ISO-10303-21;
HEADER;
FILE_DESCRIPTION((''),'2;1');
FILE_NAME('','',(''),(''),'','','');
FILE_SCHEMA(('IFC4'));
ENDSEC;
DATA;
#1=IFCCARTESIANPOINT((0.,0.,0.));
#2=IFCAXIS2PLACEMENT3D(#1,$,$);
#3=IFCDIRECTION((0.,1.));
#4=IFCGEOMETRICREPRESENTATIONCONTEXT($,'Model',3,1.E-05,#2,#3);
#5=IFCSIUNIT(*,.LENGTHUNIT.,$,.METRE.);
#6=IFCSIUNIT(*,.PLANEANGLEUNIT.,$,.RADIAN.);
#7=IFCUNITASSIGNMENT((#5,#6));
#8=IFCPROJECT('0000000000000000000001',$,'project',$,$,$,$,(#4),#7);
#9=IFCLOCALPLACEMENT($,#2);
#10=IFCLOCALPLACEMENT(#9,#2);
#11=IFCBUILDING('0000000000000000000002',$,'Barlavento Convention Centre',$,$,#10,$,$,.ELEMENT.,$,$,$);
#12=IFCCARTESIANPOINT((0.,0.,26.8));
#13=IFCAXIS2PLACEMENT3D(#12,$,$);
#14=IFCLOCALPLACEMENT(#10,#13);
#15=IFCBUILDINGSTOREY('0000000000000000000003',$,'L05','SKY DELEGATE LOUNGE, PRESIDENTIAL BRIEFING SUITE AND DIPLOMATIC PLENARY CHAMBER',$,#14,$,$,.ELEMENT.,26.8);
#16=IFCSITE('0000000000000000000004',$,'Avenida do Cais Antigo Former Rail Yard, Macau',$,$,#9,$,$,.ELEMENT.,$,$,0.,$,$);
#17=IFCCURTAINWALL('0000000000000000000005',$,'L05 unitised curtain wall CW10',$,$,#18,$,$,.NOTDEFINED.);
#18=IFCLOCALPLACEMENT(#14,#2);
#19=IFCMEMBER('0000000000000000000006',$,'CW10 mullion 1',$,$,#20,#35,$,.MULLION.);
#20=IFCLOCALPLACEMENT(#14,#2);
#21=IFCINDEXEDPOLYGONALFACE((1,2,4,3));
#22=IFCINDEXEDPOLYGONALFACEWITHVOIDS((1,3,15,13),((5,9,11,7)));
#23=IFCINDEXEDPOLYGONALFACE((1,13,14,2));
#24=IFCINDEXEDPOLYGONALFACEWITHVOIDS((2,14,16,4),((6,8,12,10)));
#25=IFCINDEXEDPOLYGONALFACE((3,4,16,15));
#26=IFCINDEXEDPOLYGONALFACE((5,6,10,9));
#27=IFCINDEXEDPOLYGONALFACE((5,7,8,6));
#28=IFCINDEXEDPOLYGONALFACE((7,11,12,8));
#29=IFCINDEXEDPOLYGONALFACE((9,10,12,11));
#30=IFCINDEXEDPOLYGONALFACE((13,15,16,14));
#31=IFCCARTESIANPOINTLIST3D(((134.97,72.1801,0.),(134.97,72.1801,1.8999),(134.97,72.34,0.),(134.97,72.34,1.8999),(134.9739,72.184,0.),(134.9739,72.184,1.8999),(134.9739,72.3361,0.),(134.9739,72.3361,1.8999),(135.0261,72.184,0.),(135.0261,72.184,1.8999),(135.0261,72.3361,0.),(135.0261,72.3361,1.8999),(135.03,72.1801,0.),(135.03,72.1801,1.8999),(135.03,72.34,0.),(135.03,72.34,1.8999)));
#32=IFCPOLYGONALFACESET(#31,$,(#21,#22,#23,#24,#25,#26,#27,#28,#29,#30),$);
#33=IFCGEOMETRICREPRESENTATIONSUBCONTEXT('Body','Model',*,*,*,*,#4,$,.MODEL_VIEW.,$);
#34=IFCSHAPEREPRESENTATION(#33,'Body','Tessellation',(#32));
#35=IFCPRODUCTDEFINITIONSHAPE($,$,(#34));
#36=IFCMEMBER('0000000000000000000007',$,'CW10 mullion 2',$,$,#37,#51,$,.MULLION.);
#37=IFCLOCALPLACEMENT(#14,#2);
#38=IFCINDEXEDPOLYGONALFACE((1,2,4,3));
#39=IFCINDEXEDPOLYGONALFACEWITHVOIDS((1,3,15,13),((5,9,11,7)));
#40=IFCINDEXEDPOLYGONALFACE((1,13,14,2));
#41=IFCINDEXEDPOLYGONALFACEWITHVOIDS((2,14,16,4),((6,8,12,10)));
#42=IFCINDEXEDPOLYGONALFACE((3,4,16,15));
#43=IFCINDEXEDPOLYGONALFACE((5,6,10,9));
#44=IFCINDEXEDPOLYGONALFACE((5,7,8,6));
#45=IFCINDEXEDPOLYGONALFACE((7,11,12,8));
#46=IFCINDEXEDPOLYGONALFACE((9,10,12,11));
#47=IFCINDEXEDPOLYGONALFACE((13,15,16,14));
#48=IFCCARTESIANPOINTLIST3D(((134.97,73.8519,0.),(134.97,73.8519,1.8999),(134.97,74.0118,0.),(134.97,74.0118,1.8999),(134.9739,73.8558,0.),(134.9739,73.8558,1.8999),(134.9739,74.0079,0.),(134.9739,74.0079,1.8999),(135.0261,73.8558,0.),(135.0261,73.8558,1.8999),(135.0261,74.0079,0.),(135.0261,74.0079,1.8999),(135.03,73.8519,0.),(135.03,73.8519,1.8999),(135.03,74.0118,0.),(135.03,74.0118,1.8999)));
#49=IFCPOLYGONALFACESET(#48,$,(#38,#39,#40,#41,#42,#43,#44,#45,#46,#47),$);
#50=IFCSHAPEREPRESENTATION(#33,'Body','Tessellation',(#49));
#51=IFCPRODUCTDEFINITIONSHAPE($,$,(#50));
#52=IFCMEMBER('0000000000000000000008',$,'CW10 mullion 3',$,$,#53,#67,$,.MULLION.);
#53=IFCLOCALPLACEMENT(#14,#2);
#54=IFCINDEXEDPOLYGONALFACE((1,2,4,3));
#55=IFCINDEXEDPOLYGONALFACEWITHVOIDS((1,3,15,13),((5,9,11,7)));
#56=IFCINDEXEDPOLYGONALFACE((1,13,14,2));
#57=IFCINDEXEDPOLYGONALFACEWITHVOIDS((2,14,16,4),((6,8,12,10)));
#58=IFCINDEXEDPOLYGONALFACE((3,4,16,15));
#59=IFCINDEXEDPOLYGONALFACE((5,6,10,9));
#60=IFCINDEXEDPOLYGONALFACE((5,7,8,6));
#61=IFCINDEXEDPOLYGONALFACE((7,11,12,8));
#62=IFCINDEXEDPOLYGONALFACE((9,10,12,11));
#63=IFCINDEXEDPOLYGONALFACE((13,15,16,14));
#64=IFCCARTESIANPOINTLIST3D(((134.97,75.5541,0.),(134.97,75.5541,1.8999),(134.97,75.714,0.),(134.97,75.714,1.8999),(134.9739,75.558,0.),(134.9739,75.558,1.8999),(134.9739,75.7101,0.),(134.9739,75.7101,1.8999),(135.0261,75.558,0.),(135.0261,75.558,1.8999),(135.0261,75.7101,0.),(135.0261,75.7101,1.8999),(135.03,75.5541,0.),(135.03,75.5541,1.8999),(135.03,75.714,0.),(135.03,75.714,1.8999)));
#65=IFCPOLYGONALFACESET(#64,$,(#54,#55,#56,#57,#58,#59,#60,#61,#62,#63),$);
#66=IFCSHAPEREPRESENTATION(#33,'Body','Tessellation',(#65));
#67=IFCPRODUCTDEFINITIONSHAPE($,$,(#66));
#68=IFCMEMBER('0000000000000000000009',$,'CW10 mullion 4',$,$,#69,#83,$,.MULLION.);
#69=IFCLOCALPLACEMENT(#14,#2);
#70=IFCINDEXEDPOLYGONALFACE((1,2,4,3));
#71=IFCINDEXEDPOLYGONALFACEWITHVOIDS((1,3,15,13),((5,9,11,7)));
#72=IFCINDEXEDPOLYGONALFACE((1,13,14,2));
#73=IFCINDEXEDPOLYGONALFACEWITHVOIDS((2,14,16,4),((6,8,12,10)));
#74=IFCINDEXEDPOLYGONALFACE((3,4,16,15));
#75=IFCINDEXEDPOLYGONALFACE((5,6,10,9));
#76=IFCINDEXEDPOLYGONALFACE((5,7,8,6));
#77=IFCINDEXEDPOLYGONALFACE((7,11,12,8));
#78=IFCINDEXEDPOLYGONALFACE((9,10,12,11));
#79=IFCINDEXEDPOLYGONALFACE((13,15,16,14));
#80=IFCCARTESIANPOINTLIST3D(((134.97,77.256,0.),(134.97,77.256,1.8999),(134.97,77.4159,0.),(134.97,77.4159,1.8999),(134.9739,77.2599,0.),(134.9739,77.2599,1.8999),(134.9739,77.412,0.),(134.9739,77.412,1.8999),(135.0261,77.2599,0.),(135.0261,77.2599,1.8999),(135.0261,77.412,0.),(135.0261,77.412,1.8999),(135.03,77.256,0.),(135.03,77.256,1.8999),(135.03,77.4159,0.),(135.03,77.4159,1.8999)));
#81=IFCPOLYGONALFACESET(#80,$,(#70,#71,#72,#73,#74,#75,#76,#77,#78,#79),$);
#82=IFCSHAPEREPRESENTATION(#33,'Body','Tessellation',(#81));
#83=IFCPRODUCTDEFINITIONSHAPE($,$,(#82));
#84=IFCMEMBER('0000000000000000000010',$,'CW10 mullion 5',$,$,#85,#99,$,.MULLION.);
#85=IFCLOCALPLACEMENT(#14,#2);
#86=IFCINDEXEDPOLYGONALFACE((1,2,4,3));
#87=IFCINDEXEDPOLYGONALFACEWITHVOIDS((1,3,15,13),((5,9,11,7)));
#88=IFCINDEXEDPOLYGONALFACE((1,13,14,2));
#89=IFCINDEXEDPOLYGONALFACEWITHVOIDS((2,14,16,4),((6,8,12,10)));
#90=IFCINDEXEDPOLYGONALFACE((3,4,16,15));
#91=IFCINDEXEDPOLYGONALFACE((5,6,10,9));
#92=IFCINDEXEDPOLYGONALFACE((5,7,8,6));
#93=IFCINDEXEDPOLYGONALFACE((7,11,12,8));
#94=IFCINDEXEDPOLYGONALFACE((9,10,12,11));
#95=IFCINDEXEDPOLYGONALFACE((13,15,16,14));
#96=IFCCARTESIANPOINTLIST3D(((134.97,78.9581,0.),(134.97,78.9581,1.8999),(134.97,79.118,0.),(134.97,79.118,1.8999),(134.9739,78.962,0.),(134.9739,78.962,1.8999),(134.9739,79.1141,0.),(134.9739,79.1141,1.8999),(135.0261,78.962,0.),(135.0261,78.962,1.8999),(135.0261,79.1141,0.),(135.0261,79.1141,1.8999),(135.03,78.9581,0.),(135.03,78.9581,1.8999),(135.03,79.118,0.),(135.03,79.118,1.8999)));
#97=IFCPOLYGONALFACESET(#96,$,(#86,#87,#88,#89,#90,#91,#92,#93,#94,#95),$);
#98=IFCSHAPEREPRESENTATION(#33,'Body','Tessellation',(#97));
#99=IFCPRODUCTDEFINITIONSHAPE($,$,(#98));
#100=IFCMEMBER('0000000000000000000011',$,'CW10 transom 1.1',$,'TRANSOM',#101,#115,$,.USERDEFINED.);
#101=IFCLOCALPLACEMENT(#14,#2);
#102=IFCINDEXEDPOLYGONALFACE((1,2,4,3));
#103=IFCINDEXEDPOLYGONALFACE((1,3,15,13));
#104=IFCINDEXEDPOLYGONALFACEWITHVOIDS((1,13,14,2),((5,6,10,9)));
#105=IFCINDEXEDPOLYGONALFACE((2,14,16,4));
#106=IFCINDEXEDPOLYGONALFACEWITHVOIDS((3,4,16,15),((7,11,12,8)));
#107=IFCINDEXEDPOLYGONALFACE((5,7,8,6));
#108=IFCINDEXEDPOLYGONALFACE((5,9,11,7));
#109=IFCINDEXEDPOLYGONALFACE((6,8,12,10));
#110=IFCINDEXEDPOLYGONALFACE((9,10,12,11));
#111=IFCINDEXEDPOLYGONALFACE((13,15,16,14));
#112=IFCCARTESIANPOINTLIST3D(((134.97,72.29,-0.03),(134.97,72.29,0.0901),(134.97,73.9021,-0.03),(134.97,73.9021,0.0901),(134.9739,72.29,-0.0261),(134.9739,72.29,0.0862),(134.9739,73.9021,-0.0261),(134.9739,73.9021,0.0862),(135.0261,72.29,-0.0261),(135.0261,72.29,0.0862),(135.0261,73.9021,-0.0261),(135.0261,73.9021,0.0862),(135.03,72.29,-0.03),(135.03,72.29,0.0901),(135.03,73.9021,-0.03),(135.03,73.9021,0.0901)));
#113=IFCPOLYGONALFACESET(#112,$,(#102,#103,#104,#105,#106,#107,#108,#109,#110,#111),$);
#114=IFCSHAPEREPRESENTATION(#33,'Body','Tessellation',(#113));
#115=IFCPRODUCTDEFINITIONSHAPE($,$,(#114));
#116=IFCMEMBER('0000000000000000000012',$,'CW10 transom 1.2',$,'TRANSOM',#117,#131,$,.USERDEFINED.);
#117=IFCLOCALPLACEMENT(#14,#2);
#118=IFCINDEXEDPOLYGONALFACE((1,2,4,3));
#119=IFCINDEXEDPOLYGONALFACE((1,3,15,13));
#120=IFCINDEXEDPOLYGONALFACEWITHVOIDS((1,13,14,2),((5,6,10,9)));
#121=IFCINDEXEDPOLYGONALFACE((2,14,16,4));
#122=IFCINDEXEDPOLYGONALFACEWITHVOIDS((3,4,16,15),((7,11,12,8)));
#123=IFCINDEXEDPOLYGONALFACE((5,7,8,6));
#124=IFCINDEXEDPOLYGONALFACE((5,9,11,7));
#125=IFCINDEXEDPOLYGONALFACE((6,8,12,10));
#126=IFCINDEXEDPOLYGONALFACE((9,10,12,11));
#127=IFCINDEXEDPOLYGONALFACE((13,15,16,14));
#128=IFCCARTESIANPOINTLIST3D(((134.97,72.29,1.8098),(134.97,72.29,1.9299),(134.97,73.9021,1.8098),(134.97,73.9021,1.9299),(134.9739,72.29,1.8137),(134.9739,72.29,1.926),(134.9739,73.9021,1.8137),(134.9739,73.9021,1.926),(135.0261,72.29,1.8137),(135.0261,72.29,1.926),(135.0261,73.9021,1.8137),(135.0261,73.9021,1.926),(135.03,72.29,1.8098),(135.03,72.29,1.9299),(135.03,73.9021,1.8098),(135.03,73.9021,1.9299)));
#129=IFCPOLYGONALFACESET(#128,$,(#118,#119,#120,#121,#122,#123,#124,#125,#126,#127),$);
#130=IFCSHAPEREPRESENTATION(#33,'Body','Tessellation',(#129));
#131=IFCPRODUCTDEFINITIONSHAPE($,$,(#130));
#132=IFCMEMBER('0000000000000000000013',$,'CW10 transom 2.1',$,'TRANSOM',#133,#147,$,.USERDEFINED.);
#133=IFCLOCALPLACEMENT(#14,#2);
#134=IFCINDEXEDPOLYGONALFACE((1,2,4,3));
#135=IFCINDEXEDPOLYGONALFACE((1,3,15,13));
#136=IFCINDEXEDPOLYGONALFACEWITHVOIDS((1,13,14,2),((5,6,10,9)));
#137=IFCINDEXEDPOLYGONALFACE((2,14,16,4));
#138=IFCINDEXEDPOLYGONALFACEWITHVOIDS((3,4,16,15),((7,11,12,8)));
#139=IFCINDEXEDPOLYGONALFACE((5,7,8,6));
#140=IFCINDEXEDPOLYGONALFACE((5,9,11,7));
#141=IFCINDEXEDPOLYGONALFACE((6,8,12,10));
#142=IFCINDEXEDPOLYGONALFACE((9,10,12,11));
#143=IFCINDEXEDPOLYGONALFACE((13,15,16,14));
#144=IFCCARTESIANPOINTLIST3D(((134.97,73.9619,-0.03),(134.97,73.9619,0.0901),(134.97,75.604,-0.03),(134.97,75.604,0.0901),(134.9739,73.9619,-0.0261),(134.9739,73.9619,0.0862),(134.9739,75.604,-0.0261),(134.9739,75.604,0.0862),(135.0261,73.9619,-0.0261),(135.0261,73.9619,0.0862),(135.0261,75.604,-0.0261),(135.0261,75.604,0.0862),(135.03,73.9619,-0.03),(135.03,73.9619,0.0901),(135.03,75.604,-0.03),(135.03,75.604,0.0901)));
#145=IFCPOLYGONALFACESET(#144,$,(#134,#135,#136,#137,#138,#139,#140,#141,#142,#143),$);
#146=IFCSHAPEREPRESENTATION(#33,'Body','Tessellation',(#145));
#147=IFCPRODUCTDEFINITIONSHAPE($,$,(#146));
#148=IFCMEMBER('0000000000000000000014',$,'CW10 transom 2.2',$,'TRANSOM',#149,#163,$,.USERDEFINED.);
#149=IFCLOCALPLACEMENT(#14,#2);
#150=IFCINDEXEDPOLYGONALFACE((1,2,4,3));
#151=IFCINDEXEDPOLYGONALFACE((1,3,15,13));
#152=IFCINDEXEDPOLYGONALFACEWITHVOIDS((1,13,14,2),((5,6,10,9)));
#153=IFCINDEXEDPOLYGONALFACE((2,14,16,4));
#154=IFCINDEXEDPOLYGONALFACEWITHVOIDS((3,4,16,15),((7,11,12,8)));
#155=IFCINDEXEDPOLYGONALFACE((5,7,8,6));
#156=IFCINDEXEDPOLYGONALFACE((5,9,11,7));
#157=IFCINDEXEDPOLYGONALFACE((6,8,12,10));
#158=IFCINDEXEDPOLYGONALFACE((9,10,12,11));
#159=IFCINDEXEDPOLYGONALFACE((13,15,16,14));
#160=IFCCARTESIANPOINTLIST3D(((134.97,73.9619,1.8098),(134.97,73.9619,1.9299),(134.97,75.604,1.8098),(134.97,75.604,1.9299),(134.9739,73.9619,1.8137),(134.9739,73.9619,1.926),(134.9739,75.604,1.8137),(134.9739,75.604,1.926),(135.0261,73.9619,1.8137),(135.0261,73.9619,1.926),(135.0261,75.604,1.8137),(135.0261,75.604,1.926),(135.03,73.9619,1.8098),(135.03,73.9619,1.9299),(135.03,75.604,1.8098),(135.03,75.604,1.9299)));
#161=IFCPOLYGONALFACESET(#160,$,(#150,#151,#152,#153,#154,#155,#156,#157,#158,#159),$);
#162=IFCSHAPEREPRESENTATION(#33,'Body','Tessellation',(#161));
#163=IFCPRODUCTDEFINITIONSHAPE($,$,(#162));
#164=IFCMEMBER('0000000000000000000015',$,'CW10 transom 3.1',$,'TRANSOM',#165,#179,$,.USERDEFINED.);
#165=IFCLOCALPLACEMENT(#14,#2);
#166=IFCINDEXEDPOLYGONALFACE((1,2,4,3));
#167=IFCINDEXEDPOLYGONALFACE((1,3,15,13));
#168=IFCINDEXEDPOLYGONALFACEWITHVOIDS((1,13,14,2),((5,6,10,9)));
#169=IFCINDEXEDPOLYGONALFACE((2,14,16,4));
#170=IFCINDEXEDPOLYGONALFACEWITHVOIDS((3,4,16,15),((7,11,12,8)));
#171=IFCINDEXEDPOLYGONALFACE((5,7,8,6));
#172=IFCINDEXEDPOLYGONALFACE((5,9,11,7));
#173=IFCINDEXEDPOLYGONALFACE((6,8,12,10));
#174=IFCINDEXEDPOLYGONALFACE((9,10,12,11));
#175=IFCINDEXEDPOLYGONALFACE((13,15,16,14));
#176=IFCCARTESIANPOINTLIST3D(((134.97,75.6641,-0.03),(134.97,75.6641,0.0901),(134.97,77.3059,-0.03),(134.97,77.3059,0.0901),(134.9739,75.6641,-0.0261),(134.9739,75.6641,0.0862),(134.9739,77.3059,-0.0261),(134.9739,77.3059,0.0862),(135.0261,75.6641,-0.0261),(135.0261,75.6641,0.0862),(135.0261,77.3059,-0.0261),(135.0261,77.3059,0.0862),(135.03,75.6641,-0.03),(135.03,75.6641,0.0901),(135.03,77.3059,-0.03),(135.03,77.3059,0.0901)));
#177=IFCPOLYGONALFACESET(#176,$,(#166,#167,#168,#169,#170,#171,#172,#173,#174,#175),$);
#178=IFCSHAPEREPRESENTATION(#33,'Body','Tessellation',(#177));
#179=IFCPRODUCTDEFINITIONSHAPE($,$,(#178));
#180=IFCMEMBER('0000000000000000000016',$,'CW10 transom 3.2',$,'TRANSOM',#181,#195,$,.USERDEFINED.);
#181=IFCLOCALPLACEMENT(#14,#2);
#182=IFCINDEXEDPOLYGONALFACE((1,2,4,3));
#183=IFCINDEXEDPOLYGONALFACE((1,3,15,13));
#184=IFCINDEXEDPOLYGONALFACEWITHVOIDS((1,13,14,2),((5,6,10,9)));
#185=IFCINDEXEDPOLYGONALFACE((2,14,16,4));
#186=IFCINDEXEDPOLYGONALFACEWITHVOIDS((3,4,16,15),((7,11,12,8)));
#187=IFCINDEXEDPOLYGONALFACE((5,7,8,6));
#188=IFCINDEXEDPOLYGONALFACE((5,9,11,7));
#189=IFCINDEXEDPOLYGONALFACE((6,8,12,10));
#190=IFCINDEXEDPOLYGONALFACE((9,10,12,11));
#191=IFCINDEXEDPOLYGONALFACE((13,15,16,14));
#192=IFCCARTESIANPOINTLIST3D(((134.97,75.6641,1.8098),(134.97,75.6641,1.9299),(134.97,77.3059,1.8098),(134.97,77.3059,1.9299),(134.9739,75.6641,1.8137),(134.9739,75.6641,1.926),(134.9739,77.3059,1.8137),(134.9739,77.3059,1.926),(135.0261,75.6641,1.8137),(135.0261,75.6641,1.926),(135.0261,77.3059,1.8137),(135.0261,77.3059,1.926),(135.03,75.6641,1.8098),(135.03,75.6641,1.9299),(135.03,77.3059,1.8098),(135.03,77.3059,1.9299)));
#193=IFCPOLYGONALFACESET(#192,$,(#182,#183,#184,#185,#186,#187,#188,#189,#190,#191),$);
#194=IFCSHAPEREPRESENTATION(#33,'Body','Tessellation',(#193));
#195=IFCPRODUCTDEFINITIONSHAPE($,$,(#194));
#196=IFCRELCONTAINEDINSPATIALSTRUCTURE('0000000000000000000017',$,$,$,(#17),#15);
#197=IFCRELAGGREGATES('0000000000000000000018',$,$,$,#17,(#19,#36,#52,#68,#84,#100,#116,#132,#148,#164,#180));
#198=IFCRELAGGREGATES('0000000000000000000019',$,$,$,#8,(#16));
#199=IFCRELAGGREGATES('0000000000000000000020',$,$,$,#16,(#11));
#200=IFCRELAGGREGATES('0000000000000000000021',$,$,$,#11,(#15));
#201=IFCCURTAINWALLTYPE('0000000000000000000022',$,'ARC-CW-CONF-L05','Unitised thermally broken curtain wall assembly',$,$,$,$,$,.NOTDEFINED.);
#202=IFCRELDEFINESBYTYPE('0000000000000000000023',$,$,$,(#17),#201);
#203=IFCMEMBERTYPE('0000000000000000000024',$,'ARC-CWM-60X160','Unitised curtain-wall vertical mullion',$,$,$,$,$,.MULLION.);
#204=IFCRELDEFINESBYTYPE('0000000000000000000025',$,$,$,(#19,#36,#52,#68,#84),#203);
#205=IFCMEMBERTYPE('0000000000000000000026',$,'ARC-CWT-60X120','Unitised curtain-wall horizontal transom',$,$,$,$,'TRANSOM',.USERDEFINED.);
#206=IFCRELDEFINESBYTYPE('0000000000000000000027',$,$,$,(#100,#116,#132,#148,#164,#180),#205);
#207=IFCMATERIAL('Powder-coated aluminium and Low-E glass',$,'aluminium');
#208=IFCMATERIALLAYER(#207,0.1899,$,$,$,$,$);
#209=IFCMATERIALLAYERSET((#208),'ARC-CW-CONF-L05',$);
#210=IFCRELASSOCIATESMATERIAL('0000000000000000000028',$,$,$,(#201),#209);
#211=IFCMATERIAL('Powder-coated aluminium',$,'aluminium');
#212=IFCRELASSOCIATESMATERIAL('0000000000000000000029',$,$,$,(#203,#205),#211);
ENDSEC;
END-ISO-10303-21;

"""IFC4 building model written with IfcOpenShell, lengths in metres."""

from ifc_helpers import new_model, si_unit, direction, frame, origin, origin_2d, place, context, subcontext, project, spatial, hollow_rectangle, extrude, material, layer, layer_set, material_profile, profile_set, type_object, element, aggregate, save


model = new_model("IFC4")

# Units and contexts
model_context = context("Model", 3, precision=1e-05, world=origin(), true_north=direction((0.0, 1.0)))
body_context = subcontext(model_context, "Body", "Model", "MODEL_VIEW")
ifc_project = project(units=[si_unit("LENGTHUNIT", "METRE"), si_unit("PLANEANGLEUNIT", "RADIAN")], contexts=[model_context])

# Site, building, storey
site_placement = place(None, origin())
site = spatial("IfcSite", under=ifc_project, at=site_placement, Name="Avenida do Cais Antigo Former Rail Yard, Macau", CompositionType="ELEMENT", RefElevation=0.0)
building_placement = place(site_placement, origin())
building = spatial("IfcBuilding", under=site, at=building_placement, Name="Barlavento Convention Centre", CompositionType="ELEMENT")
storey_placement = place(building_placement, frame((0.0, 0.0, 26.8)))
storey = spatial("IfcBuildingStorey", under=building, at=storey_placement, Name="L05", Description="SKY DELEGATE LOUNGE, PRESIDENTIAL BRIEFING SUITE AND DIPLOMATIC PLENARY CHAMBER", CompositionType="ELEMENT", Elevation=26.8)

# Curtain wall, members
ifc_material_1 = material(Name="Powder-coated aluminium and Low-E glass", Category="aluminium")
ifc_layer_1 = layer(ifc_material_1, 0.1899)
ifc_layer_set_1 = layer_set([ifc_layer_1], Name="ARC-CW-CONF-L05")
curtain_wall_type = type_object("IfcCurtainWallType", Name="ARC-CW-CONF-L05", Description="Unitised thermally broken curtain wall assembly", PredefinedType="NOTDEFINED", material=ifc_layer_set_1)
curtain_wall_placement = place(storey_placement, origin())
curtain_wall = element("IfcCurtainWall", 1, at=curtain_wall_placement, inside=storey, type_object=curtain_wall_type, Name="L05 unitised curtain wall CW10", PredefinedType="NOTDEFINED")
ifc_material_2 = material(Name="Powder-coated aluminium", Category="aluminium")
ifc_material_profile_1 = material_profile(ifc_material_2, hollow_rectangle(XDim=0.0601, YDim=0.1599, WallThickness=0.0039, at=origin_2d()), Name="AL-MULL 60x160x4")
ifc_profile_set_1 = profile_set([ifc_material_profile_1], Name="Powder-coated aluminium")
member_type_1 = type_object("IfcMemberType", Name="ARC-CWM-60X160", Description="Unitised curtain-wall vertical mullion", PredefinedType="MULLION", material=ifc_profile_set_1)
member_1_placement = place(storey_placement, frame((135.0, 72.26, 0.0), z_axis=(0.0, 0.0, 1.0), x_axis=(-1.0, 0.0, 0.0)))
member_1 = element("IfcMember", 2, at=member_1_placement, type_object=member_type_1, Name="CW10 mullion 1", PredefinedType="MULLION", context=body_context, shape_type="SweptSolid", body=[
    extrude(hollow_rectangle(XDim=0.0601, YDim=0.1599, WallThickness=0.0039, at=origin_2d()), origin(), (0.0, 0.0, 1.0), 1.8999),
])
member_2_placement = place(storey_placement, frame((135.0, 73.9319, 0.0), z_axis=(0.0, 0.0, 1.0), x_axis=(-1.0, 0.0, 0.0)))
member_2 = element("IfcMember", 3, at=member_2_placement, type_object=member_type_1, Name="CW10 mullion 2", PredefinedType="MULLION", context=body_context, shape_type="SweptSolid", body=[
    extrude(hollow_rectangle(XDim=0.0601, YDim=0.1599, WallThickness=0.0039, at=origin_2d()), origin(), (0.0, 0.0, 1.0), 1.8999),
])
member_3_placement = place(storey_placement, frame((135.0, 75.634, 0.0), z_axis=(0.0, 0.0, 1.0), x_axis=(-1.0, 0.0, 0.0)))
member_3 = element("IfcMember", 4, at=member_3_placement, type_object=member_type_1, Name="CW10 mullion 3", PredefinedType="MULLION", context=body_context, shape_type="SweptSolid", body=[
    extrude(hollow_rectangle(XDim=0.0601, YDim=0.1599, WallThickness=0.0039, at=origin_2d()), origin(), (0.0, 0.0, 1.0), 1.8999),
])
member_4_placement = place(storey_placement, frame((135.0, 77.3359, 0.0), z_axis=(0.0, 0.0, 1.0), x_axis=(-1.0, 0.0, 0.0)))
member_4 = element("IfcMember", 5, at=member_4_placement, type_object=member_type_1, Name="CW10 mullion 4", PredefinedType="MULLION", context=body_context, shape_type="SweptSolid", body=[
    extrude(hollow_rectangle(XDim=0.0601, YDim=0.1599, WallThickness=0.0039, at=origin_2d()), origin(), (0.0, 0.0, 1.0), 1.8999),
])
member_5_placement = place(storey_placement, frame((135.0, 79.0381, 0.0), z_axis=(0.0, 0.0, 1.0), x_axis=(-1.0, 0.0, 0.0)))
member_5 = element("IfcMember", 6, at=member_5_placement, type_object=member_type_1, Name="CW10 mullion 5", PredefinedType="MULLION", context=body_context, shape_type="SweptSolid", body=[
    extrude(hollow_rectangle(XDim=0.0601, YDim=0.1599, WallThickness=0.0039, at=origin_2d()), origin(), (0.0, 0.0, 1.0), 1.8999),
])
ifc_material_profile_2 = material_profile(ifc_material_2, hollow_rectangle(XDim=0.0601, YDim=0.1201, WallThickness=0.0039, at=origin_2d()), Name="AL-TRAN 60x120x4")
ifc_profile_set_2 = profile_set([ifc_material_profile_2], Name="Powder-coated aluminium")
member_type_2 = type_object("IfcMemberType", Name="ARC-CWT-60X120", Description="Unitised curtain-wall horizontal transom", ElementType="TRANSOM", PredefinedType="USERDEFINED", material=ifc_profile_set_2)
member_6_placement = place(storey_placement, frame((135.0, 72.29, 0.03), z_axis=(0.0, 1.0, 0.0), x_axis=(-1.0, 0.0, 0.0)))
member_6 = element("IfcMember", 7, at=member_6_placement, type_object=member_type_2, Name="CW10 transom 1.1", ObjectType="TRANSOM", PredefinedType="USERDEFINED", context=body_context, shape_type="SweptSolid", body=[
    extrude(hollow_rectangle(XDim=0.0601, YDim=0.1201, WallThickness=0.0039, at=origin_2d()), origin(), (0.0, 0.0, 1.0), 1.6121),
])
member_7_placement = place(storey_placement, frame((135.0, 72.29, 1.8699), z_axis=(0.0, 1.0, 0.0), x_axis=(-1.0, 0.0, 0.0)))
member_7 = element("IfcMember", 8, at=member_7_placement, type_object=member_type_2, Name="CW10 transom 1.2", ObjectType="TRANSOM", PredefinedType="USERDEFINED", context=body_context, shape_type="SweptSolid", body=[
    extrude(hollow_rectangle(XDim=0.0601, YDim=0.1201, WallThickness=0.0039, at=origin_2d()), origin(), (0.0, 0.0, 1.0), 1.6121),
])
member_8_placement = place(storey_placement, frame((135.0, 73.9619, 0.03), z_axis=(0.0, 1.0, 0.0), x_axis=(-1.0, 0.0, 0.0)))
member_8 = element("IfcMember", 9, at=member_8_placement, type_object=member_type_2, Name="CW10 transom 2.1", ObjectType="TRANSOM", PredefinedType="USERDEFINED", context=body_context, shape_type="SweptSolid", body=[
    extrude(hollow_rectangle(XDim=0.0601, YDim=0.1201, WallThickness=0.0039, at=origin_2d()), origin(), (0.0, 0.0, 1.0), 1.6421),
])
member_9_placement = place(storey_placement, frame((135.0, 73.9619, 1.8699), z_axis=(0.0, 1.0, 0.0), x_axis=(-1.0, 0.0, 0.0)))
member_9 = element("IfcMember", 10, at=member_9_placement, type_object=member_type_2, Name="CW10 transom 2.2", ObjectType="TRANSOM", PredefinedType="USERDEFINED", context=body_context, shape_type="SweptSolid", body=[
    extrude(hollow_rectangle(XDim=0.0601, YDim=0.1201, WallThickness=0.0039, at=origin_2d()), origin(), (0.0, 0.0, 1.0), 1.6421),
])
member_10_placement = place(storey_placement, frame((135.0, 75.6641, 0.03), z_axis=(0.0, 1.0, 0.0), x_axis=(-1.0, 0.0, 0.0)))
member_10 = element("IfcMember", 11, at=member_10_placement, type_object=member_type_2, Name="CW10 transom 3.1", ObjectType="TRANSOM", PredefinedType="USERDEFINED", context=body_context, shape_type="SweptSolid", body=[
    extrude(hollow_rectangle(XDim=0.0601, YDim=0.1201, WallThickness=0.0039, at=origin_2d()), origin(), (0.0, 0.0, 1.0), 1.6418),
])
member_11_placement = place(storey_placement, frame((135.0, 75.6641, 1.8699), z_axis=(0.0, 1.0, 0.0), x_axis=(-1.0, 0.0, 0.0)))
member_11 = element("IfcMember", 12, at=member_11_placement, type_object=member_type_2, Name="CW10 transom 3.2", ObjectType="TRANSOM", PredefinedType="USERDEFINED", context=body_context, shape_type="SweptSolid", body=[
    extrude(hollow_rectangle(XDim=0.0601, YDim=0.1201, WallThickness=0.0039, at=origin_2d()), origin(), (0.0, 0.0, 1.0), 1.6418),
])

aggregate(curtain_wall, [member_1, member_2, member_3, member_4, member_5, member_6, member_7, member_8, member_9, member_10, member_11])

save(model, "model.ifc")
